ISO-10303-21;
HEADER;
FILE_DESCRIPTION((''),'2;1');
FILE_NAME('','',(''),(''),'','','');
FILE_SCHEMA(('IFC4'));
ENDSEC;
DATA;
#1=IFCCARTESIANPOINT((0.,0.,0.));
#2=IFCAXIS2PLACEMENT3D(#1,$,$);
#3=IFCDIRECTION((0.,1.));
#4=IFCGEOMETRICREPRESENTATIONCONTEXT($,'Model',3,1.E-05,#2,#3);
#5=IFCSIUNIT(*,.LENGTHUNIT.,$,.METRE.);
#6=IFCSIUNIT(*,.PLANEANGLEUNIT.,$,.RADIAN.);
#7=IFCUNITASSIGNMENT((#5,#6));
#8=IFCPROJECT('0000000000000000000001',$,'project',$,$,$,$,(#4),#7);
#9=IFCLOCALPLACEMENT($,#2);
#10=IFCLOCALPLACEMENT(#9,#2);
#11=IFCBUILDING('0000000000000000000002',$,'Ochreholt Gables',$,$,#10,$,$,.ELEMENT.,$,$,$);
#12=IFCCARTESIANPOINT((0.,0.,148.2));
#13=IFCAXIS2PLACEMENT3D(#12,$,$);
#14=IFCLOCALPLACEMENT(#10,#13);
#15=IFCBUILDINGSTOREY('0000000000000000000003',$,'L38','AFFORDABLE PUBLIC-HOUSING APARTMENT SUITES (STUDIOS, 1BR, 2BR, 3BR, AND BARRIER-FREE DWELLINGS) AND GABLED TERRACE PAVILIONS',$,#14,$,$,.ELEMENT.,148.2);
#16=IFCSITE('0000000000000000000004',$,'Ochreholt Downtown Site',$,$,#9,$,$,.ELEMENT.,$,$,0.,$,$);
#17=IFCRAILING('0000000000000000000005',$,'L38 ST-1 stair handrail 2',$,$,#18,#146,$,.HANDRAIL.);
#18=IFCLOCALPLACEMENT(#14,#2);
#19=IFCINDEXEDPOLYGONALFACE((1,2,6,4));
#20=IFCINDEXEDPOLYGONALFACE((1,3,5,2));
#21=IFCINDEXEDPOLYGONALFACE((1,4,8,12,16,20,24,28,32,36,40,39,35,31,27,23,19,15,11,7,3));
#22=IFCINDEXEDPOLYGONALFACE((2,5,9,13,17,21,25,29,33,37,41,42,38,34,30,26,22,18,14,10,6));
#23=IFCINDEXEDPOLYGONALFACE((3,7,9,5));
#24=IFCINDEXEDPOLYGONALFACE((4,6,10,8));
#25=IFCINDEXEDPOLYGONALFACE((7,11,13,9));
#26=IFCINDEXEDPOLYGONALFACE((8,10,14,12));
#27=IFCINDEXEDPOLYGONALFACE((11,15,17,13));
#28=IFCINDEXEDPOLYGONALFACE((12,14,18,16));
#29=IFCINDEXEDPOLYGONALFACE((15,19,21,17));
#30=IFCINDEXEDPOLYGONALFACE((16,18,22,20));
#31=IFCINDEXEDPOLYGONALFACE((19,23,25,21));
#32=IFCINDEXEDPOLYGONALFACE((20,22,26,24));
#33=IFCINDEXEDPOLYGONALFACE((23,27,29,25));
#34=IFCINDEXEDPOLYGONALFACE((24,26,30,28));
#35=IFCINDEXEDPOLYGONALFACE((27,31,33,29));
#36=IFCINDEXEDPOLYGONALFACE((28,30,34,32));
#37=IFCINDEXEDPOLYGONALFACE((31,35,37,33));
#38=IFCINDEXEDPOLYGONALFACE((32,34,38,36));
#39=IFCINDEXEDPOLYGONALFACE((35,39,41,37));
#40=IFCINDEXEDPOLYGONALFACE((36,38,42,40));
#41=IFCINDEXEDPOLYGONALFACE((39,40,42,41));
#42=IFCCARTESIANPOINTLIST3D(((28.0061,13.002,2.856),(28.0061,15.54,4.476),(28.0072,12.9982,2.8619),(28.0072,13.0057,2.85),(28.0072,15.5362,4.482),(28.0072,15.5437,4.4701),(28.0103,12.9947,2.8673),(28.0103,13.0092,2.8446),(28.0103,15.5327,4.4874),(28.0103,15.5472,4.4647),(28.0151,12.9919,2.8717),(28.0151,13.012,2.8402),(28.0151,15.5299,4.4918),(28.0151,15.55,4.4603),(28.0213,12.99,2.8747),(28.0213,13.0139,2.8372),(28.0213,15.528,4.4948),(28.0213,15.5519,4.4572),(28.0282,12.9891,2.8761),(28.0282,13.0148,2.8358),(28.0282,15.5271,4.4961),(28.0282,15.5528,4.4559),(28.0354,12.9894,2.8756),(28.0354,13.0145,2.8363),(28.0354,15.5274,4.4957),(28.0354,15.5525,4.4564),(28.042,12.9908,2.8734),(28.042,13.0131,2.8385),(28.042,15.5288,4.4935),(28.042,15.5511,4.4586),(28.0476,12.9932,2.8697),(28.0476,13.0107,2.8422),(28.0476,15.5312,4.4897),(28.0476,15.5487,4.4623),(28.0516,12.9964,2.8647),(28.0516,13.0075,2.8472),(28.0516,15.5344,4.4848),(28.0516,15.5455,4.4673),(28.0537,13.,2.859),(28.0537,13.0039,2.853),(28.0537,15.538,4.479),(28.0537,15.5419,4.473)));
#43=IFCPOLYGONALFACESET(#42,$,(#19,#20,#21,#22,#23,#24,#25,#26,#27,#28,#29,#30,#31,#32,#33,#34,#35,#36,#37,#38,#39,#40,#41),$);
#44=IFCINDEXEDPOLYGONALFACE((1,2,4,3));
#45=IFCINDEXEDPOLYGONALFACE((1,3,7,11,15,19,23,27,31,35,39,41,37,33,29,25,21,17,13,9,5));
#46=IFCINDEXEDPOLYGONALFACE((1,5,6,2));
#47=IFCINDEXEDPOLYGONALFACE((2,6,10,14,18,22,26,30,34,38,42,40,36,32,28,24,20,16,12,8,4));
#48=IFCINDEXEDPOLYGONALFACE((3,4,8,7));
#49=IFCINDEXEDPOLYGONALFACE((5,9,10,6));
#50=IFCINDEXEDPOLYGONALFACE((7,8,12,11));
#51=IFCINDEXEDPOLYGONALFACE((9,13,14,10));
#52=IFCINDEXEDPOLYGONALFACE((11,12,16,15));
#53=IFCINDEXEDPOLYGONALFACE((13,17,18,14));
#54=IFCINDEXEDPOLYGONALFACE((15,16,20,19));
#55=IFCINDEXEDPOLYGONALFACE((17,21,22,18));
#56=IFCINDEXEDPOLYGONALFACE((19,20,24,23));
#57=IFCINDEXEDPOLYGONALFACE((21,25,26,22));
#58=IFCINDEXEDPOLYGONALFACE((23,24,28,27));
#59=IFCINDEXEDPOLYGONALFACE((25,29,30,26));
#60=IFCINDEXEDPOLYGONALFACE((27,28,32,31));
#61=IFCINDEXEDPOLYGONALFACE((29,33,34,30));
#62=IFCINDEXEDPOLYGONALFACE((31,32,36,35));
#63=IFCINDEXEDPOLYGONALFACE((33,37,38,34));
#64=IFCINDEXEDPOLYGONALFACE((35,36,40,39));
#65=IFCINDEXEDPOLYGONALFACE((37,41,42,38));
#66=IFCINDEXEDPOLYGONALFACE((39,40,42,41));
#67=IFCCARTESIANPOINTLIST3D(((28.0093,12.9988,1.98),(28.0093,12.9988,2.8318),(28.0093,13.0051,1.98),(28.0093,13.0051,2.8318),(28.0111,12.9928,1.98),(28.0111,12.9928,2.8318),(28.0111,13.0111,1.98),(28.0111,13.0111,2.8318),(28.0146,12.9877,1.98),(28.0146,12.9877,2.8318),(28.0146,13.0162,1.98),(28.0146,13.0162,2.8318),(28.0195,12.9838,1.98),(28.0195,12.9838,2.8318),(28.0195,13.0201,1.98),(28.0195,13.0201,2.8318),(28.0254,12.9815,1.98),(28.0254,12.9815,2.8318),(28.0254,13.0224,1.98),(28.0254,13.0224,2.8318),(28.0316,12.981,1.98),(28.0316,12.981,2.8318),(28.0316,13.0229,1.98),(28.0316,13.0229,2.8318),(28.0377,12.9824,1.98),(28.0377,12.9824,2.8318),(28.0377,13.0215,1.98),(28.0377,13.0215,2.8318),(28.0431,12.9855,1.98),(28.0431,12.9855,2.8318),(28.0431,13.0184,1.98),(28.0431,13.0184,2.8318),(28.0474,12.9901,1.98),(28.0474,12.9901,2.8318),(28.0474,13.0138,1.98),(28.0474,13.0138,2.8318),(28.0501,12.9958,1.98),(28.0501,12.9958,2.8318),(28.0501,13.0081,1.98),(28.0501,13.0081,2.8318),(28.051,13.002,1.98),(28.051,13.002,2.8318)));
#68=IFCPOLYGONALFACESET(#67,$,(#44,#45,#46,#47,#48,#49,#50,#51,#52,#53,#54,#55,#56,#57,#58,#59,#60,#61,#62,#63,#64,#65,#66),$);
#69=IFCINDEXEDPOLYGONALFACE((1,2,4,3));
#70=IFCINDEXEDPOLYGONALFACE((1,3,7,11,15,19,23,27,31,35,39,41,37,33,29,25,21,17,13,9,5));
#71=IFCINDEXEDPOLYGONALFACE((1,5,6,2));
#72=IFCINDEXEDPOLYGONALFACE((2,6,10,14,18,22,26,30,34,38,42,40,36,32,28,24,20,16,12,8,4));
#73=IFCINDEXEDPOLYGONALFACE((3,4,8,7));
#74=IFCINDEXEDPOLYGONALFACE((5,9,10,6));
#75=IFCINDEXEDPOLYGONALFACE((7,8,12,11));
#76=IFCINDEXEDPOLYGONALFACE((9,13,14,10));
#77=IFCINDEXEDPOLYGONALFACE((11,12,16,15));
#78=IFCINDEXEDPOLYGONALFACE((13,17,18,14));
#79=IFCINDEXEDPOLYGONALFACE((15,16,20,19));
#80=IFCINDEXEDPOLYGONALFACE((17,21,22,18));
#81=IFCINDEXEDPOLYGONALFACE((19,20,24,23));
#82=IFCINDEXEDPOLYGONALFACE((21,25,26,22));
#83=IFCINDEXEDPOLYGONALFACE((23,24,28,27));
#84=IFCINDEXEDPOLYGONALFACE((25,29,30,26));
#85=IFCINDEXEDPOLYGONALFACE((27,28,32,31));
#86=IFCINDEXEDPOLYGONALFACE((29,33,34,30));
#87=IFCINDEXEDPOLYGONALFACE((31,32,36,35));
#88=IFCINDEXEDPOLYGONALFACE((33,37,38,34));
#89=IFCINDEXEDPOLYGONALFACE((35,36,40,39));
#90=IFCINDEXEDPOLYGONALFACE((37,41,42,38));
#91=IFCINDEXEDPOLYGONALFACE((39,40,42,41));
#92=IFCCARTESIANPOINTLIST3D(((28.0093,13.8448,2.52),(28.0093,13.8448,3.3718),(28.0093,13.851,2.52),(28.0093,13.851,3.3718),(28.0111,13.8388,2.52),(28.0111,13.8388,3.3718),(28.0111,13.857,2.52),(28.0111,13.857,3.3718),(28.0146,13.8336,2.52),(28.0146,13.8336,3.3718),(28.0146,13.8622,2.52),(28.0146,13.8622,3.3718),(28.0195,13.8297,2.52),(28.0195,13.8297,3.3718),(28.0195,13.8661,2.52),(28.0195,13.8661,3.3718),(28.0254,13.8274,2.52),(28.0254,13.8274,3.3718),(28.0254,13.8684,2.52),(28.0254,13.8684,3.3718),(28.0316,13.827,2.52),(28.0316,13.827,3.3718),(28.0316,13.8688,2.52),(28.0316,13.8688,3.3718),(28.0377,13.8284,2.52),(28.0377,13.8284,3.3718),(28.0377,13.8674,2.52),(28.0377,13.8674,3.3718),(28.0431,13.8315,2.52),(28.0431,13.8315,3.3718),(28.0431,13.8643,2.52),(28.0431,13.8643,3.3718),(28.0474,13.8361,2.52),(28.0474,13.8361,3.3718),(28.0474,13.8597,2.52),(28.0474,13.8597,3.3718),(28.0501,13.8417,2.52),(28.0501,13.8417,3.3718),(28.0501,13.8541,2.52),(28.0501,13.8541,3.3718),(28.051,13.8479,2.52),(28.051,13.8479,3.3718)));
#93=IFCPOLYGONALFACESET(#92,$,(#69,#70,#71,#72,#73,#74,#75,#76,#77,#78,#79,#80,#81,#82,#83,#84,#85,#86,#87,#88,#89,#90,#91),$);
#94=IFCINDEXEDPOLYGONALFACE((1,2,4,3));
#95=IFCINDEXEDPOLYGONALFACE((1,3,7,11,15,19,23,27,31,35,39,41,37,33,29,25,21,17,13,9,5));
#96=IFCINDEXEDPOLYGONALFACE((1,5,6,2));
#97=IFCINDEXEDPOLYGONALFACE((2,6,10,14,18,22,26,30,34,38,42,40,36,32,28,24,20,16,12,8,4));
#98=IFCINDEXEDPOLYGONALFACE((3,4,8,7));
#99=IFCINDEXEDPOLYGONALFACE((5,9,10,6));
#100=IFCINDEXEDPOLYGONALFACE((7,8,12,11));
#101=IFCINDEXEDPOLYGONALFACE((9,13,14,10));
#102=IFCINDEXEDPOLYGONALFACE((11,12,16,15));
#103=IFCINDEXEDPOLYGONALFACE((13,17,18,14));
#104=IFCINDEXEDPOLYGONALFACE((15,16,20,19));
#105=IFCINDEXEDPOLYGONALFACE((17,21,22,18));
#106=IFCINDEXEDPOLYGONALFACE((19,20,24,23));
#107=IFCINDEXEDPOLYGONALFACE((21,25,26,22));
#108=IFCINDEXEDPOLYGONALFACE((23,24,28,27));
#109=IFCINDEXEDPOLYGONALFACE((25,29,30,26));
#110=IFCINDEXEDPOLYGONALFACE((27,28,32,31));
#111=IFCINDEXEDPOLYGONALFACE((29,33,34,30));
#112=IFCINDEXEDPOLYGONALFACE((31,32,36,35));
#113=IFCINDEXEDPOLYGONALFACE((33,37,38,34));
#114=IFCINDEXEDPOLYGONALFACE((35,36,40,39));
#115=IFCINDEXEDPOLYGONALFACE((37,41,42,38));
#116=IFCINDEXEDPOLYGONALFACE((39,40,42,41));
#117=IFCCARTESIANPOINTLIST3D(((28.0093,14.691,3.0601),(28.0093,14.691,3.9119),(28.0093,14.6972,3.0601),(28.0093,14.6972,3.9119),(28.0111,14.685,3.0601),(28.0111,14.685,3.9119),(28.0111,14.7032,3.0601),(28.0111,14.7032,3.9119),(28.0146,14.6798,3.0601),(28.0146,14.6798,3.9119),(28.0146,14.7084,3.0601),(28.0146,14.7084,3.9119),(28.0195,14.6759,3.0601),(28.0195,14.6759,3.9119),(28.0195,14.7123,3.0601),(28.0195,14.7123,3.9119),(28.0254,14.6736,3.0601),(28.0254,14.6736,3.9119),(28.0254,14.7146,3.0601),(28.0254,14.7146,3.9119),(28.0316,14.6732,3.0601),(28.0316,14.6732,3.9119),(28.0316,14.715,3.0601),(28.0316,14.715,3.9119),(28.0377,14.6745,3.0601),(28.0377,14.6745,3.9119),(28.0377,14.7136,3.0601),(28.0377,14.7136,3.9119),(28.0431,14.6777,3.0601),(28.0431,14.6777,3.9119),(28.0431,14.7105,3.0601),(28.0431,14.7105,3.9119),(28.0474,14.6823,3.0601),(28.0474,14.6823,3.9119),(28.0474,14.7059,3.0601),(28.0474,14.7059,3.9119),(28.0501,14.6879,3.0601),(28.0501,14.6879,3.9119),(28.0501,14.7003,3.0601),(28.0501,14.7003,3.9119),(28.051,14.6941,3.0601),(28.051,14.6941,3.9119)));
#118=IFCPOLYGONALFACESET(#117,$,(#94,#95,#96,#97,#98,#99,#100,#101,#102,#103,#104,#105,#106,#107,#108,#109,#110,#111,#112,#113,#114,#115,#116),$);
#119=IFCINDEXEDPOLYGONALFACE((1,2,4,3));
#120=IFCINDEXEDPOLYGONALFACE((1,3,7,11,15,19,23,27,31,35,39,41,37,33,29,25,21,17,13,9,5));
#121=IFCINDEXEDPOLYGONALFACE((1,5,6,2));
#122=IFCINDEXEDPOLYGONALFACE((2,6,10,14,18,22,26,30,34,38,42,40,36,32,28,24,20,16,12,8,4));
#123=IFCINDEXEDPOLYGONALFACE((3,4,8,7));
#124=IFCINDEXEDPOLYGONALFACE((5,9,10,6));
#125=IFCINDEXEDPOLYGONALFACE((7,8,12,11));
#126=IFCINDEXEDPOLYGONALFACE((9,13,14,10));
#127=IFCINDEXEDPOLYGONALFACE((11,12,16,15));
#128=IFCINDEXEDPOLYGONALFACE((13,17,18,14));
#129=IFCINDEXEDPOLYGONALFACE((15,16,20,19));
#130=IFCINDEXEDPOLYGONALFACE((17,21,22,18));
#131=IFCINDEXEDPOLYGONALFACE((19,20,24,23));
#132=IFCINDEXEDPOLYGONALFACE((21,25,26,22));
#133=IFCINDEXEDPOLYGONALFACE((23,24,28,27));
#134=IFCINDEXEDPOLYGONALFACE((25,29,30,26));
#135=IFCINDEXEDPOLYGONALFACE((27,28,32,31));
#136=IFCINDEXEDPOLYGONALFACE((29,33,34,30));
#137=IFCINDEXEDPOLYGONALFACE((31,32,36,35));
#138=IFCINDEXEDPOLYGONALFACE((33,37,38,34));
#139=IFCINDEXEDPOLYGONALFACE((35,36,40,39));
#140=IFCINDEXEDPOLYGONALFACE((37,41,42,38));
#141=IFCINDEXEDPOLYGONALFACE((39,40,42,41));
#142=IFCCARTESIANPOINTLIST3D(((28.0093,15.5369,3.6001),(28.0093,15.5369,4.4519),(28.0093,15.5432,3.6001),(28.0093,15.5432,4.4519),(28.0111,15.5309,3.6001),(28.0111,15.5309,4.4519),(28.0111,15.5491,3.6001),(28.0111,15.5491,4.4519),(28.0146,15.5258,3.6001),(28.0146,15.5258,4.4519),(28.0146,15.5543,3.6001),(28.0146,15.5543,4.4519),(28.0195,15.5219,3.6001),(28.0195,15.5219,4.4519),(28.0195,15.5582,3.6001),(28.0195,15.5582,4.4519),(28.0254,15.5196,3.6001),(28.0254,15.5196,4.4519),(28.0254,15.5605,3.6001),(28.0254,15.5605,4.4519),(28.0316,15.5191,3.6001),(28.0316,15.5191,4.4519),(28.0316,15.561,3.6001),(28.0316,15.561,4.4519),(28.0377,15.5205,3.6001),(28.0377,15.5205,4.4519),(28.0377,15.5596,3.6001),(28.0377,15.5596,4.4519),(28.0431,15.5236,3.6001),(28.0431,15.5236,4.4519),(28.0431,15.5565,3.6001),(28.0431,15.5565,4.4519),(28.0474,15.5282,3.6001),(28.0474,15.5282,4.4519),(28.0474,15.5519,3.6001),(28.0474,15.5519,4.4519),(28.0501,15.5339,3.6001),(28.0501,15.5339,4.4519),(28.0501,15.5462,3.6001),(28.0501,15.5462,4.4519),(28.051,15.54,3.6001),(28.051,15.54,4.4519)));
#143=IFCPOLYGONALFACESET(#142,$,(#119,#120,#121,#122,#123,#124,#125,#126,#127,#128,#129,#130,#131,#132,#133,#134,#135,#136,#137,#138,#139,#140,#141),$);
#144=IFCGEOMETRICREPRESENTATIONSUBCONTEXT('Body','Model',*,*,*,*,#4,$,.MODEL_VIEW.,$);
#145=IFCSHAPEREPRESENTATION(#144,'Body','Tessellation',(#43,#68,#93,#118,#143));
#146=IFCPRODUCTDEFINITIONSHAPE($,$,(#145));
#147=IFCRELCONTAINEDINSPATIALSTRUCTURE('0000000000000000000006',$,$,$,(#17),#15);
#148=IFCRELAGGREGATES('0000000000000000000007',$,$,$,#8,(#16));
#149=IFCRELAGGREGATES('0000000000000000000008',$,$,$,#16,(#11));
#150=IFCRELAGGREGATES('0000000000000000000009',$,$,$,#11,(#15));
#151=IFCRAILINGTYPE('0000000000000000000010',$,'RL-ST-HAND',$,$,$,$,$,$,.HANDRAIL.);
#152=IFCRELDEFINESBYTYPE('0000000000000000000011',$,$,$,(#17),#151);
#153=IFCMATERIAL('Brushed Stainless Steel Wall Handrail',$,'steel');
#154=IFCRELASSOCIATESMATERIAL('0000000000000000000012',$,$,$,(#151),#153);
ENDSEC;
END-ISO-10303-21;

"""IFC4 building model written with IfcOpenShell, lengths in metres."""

from ifc_helpers import new_model, si_unit, direction, frame, origin, origin_2d, place, context, subcontext, project, spatial, circle, extrude, material, type_object, element, save


model = new_model("IFC4")

# Units and contexts
model_context = context("Model", 3, precision=1e-05, world=origin(), true_north=direction((0.0, 1.0)))
body_context = subcontext(model_context, "Body", "Model", "MODEL_VIEW")
ifc_project = project(units=[si_unit("LENGTHUNIT", "METRE"), si_unit("PLANEANGLEUNIT", "RADIAN")], contexts=[model_context])

# Site, building, storey
site_placement = place(None, origin())
site = spatial("IfcSite", under=ifc_project, at=site_placement, Name="Ochreholt Downtown Site", CompositionType="ELEMENT", RefElevation=0.0)
building_placement = place(site_placement, origin())
building = spatial("IfcBuilding", under=site, at=building_placement, Name="Ochreholt Gables", CompositionType="ELEMENT")
storey_placement = place(building_placement, frame((0.0, 0.0, 148.2)))
storey = spatial("IfcBuildingStorey", under=building, at=storey_placement, Name="L38", Description="AFFORDABLE PUBLIC-HOUSING APARTMENT SUITES (STUDIOS, 1BR, 2BR, 3BR, AND BARRIER-FREE DWELLINGS) AND GABLED TERRACE PAVILIONS", CompositionType="ELEMENT", Elevation=148.2)

# Railing
ifc_material_1 = material(Name="Brushed Stainless Steel Wall Handrail", Category="steel")
railing_type_1 = type_object("IfcRailingType", Name="RL-ST-HAND", PredefinedType="HANDRAIL", material=ifc_material_1)
railing_1_placement = place(storey_placement, frame((28.03, 13.002, 1.98)))
element("IfcRailing", 1, at=railing_1_placement, inside=storey, type_object=railing_type_1, Name="L38 ST-1 stair handrail 2", PredefinedType="HANDRAIL", context=body_context, shape_type="SweptSolid", body=[
    extrude(circle(Radius=0.0239, at=origin_2d()), frame((0.0, 0.0, 0.876), z_axis=(0.0, 0.842913, 0.53805), x_axis=(-1.0, 0.0, 0.0)), (0.0, 0.0, 1.0), 3.011),
    extrude(circle(Radius=0.021, at=origin_2d()), origin(), (0.0, 0.0, 1.0), 0.8518),
    extrude(circle(Radius=0.021, at=origin_2d()), frame((0.0, 0.8459, 0.54)), (0.0, 0.0, 1.0), 0.8518),
    extrude(circle(Radius=0.021, at=origin_2d()), frame((0.0, 1.6921, 1.0801)), (0.0, 0.0, 1.0), 0.8518),
    extrude(circle(Radius=0.021, at=origin_2d()), frame((0.0, 2.5381, 1.6201)), (0.0, 0.0, 1.0), 0.8518),
])

save(model, "model.ifc")
